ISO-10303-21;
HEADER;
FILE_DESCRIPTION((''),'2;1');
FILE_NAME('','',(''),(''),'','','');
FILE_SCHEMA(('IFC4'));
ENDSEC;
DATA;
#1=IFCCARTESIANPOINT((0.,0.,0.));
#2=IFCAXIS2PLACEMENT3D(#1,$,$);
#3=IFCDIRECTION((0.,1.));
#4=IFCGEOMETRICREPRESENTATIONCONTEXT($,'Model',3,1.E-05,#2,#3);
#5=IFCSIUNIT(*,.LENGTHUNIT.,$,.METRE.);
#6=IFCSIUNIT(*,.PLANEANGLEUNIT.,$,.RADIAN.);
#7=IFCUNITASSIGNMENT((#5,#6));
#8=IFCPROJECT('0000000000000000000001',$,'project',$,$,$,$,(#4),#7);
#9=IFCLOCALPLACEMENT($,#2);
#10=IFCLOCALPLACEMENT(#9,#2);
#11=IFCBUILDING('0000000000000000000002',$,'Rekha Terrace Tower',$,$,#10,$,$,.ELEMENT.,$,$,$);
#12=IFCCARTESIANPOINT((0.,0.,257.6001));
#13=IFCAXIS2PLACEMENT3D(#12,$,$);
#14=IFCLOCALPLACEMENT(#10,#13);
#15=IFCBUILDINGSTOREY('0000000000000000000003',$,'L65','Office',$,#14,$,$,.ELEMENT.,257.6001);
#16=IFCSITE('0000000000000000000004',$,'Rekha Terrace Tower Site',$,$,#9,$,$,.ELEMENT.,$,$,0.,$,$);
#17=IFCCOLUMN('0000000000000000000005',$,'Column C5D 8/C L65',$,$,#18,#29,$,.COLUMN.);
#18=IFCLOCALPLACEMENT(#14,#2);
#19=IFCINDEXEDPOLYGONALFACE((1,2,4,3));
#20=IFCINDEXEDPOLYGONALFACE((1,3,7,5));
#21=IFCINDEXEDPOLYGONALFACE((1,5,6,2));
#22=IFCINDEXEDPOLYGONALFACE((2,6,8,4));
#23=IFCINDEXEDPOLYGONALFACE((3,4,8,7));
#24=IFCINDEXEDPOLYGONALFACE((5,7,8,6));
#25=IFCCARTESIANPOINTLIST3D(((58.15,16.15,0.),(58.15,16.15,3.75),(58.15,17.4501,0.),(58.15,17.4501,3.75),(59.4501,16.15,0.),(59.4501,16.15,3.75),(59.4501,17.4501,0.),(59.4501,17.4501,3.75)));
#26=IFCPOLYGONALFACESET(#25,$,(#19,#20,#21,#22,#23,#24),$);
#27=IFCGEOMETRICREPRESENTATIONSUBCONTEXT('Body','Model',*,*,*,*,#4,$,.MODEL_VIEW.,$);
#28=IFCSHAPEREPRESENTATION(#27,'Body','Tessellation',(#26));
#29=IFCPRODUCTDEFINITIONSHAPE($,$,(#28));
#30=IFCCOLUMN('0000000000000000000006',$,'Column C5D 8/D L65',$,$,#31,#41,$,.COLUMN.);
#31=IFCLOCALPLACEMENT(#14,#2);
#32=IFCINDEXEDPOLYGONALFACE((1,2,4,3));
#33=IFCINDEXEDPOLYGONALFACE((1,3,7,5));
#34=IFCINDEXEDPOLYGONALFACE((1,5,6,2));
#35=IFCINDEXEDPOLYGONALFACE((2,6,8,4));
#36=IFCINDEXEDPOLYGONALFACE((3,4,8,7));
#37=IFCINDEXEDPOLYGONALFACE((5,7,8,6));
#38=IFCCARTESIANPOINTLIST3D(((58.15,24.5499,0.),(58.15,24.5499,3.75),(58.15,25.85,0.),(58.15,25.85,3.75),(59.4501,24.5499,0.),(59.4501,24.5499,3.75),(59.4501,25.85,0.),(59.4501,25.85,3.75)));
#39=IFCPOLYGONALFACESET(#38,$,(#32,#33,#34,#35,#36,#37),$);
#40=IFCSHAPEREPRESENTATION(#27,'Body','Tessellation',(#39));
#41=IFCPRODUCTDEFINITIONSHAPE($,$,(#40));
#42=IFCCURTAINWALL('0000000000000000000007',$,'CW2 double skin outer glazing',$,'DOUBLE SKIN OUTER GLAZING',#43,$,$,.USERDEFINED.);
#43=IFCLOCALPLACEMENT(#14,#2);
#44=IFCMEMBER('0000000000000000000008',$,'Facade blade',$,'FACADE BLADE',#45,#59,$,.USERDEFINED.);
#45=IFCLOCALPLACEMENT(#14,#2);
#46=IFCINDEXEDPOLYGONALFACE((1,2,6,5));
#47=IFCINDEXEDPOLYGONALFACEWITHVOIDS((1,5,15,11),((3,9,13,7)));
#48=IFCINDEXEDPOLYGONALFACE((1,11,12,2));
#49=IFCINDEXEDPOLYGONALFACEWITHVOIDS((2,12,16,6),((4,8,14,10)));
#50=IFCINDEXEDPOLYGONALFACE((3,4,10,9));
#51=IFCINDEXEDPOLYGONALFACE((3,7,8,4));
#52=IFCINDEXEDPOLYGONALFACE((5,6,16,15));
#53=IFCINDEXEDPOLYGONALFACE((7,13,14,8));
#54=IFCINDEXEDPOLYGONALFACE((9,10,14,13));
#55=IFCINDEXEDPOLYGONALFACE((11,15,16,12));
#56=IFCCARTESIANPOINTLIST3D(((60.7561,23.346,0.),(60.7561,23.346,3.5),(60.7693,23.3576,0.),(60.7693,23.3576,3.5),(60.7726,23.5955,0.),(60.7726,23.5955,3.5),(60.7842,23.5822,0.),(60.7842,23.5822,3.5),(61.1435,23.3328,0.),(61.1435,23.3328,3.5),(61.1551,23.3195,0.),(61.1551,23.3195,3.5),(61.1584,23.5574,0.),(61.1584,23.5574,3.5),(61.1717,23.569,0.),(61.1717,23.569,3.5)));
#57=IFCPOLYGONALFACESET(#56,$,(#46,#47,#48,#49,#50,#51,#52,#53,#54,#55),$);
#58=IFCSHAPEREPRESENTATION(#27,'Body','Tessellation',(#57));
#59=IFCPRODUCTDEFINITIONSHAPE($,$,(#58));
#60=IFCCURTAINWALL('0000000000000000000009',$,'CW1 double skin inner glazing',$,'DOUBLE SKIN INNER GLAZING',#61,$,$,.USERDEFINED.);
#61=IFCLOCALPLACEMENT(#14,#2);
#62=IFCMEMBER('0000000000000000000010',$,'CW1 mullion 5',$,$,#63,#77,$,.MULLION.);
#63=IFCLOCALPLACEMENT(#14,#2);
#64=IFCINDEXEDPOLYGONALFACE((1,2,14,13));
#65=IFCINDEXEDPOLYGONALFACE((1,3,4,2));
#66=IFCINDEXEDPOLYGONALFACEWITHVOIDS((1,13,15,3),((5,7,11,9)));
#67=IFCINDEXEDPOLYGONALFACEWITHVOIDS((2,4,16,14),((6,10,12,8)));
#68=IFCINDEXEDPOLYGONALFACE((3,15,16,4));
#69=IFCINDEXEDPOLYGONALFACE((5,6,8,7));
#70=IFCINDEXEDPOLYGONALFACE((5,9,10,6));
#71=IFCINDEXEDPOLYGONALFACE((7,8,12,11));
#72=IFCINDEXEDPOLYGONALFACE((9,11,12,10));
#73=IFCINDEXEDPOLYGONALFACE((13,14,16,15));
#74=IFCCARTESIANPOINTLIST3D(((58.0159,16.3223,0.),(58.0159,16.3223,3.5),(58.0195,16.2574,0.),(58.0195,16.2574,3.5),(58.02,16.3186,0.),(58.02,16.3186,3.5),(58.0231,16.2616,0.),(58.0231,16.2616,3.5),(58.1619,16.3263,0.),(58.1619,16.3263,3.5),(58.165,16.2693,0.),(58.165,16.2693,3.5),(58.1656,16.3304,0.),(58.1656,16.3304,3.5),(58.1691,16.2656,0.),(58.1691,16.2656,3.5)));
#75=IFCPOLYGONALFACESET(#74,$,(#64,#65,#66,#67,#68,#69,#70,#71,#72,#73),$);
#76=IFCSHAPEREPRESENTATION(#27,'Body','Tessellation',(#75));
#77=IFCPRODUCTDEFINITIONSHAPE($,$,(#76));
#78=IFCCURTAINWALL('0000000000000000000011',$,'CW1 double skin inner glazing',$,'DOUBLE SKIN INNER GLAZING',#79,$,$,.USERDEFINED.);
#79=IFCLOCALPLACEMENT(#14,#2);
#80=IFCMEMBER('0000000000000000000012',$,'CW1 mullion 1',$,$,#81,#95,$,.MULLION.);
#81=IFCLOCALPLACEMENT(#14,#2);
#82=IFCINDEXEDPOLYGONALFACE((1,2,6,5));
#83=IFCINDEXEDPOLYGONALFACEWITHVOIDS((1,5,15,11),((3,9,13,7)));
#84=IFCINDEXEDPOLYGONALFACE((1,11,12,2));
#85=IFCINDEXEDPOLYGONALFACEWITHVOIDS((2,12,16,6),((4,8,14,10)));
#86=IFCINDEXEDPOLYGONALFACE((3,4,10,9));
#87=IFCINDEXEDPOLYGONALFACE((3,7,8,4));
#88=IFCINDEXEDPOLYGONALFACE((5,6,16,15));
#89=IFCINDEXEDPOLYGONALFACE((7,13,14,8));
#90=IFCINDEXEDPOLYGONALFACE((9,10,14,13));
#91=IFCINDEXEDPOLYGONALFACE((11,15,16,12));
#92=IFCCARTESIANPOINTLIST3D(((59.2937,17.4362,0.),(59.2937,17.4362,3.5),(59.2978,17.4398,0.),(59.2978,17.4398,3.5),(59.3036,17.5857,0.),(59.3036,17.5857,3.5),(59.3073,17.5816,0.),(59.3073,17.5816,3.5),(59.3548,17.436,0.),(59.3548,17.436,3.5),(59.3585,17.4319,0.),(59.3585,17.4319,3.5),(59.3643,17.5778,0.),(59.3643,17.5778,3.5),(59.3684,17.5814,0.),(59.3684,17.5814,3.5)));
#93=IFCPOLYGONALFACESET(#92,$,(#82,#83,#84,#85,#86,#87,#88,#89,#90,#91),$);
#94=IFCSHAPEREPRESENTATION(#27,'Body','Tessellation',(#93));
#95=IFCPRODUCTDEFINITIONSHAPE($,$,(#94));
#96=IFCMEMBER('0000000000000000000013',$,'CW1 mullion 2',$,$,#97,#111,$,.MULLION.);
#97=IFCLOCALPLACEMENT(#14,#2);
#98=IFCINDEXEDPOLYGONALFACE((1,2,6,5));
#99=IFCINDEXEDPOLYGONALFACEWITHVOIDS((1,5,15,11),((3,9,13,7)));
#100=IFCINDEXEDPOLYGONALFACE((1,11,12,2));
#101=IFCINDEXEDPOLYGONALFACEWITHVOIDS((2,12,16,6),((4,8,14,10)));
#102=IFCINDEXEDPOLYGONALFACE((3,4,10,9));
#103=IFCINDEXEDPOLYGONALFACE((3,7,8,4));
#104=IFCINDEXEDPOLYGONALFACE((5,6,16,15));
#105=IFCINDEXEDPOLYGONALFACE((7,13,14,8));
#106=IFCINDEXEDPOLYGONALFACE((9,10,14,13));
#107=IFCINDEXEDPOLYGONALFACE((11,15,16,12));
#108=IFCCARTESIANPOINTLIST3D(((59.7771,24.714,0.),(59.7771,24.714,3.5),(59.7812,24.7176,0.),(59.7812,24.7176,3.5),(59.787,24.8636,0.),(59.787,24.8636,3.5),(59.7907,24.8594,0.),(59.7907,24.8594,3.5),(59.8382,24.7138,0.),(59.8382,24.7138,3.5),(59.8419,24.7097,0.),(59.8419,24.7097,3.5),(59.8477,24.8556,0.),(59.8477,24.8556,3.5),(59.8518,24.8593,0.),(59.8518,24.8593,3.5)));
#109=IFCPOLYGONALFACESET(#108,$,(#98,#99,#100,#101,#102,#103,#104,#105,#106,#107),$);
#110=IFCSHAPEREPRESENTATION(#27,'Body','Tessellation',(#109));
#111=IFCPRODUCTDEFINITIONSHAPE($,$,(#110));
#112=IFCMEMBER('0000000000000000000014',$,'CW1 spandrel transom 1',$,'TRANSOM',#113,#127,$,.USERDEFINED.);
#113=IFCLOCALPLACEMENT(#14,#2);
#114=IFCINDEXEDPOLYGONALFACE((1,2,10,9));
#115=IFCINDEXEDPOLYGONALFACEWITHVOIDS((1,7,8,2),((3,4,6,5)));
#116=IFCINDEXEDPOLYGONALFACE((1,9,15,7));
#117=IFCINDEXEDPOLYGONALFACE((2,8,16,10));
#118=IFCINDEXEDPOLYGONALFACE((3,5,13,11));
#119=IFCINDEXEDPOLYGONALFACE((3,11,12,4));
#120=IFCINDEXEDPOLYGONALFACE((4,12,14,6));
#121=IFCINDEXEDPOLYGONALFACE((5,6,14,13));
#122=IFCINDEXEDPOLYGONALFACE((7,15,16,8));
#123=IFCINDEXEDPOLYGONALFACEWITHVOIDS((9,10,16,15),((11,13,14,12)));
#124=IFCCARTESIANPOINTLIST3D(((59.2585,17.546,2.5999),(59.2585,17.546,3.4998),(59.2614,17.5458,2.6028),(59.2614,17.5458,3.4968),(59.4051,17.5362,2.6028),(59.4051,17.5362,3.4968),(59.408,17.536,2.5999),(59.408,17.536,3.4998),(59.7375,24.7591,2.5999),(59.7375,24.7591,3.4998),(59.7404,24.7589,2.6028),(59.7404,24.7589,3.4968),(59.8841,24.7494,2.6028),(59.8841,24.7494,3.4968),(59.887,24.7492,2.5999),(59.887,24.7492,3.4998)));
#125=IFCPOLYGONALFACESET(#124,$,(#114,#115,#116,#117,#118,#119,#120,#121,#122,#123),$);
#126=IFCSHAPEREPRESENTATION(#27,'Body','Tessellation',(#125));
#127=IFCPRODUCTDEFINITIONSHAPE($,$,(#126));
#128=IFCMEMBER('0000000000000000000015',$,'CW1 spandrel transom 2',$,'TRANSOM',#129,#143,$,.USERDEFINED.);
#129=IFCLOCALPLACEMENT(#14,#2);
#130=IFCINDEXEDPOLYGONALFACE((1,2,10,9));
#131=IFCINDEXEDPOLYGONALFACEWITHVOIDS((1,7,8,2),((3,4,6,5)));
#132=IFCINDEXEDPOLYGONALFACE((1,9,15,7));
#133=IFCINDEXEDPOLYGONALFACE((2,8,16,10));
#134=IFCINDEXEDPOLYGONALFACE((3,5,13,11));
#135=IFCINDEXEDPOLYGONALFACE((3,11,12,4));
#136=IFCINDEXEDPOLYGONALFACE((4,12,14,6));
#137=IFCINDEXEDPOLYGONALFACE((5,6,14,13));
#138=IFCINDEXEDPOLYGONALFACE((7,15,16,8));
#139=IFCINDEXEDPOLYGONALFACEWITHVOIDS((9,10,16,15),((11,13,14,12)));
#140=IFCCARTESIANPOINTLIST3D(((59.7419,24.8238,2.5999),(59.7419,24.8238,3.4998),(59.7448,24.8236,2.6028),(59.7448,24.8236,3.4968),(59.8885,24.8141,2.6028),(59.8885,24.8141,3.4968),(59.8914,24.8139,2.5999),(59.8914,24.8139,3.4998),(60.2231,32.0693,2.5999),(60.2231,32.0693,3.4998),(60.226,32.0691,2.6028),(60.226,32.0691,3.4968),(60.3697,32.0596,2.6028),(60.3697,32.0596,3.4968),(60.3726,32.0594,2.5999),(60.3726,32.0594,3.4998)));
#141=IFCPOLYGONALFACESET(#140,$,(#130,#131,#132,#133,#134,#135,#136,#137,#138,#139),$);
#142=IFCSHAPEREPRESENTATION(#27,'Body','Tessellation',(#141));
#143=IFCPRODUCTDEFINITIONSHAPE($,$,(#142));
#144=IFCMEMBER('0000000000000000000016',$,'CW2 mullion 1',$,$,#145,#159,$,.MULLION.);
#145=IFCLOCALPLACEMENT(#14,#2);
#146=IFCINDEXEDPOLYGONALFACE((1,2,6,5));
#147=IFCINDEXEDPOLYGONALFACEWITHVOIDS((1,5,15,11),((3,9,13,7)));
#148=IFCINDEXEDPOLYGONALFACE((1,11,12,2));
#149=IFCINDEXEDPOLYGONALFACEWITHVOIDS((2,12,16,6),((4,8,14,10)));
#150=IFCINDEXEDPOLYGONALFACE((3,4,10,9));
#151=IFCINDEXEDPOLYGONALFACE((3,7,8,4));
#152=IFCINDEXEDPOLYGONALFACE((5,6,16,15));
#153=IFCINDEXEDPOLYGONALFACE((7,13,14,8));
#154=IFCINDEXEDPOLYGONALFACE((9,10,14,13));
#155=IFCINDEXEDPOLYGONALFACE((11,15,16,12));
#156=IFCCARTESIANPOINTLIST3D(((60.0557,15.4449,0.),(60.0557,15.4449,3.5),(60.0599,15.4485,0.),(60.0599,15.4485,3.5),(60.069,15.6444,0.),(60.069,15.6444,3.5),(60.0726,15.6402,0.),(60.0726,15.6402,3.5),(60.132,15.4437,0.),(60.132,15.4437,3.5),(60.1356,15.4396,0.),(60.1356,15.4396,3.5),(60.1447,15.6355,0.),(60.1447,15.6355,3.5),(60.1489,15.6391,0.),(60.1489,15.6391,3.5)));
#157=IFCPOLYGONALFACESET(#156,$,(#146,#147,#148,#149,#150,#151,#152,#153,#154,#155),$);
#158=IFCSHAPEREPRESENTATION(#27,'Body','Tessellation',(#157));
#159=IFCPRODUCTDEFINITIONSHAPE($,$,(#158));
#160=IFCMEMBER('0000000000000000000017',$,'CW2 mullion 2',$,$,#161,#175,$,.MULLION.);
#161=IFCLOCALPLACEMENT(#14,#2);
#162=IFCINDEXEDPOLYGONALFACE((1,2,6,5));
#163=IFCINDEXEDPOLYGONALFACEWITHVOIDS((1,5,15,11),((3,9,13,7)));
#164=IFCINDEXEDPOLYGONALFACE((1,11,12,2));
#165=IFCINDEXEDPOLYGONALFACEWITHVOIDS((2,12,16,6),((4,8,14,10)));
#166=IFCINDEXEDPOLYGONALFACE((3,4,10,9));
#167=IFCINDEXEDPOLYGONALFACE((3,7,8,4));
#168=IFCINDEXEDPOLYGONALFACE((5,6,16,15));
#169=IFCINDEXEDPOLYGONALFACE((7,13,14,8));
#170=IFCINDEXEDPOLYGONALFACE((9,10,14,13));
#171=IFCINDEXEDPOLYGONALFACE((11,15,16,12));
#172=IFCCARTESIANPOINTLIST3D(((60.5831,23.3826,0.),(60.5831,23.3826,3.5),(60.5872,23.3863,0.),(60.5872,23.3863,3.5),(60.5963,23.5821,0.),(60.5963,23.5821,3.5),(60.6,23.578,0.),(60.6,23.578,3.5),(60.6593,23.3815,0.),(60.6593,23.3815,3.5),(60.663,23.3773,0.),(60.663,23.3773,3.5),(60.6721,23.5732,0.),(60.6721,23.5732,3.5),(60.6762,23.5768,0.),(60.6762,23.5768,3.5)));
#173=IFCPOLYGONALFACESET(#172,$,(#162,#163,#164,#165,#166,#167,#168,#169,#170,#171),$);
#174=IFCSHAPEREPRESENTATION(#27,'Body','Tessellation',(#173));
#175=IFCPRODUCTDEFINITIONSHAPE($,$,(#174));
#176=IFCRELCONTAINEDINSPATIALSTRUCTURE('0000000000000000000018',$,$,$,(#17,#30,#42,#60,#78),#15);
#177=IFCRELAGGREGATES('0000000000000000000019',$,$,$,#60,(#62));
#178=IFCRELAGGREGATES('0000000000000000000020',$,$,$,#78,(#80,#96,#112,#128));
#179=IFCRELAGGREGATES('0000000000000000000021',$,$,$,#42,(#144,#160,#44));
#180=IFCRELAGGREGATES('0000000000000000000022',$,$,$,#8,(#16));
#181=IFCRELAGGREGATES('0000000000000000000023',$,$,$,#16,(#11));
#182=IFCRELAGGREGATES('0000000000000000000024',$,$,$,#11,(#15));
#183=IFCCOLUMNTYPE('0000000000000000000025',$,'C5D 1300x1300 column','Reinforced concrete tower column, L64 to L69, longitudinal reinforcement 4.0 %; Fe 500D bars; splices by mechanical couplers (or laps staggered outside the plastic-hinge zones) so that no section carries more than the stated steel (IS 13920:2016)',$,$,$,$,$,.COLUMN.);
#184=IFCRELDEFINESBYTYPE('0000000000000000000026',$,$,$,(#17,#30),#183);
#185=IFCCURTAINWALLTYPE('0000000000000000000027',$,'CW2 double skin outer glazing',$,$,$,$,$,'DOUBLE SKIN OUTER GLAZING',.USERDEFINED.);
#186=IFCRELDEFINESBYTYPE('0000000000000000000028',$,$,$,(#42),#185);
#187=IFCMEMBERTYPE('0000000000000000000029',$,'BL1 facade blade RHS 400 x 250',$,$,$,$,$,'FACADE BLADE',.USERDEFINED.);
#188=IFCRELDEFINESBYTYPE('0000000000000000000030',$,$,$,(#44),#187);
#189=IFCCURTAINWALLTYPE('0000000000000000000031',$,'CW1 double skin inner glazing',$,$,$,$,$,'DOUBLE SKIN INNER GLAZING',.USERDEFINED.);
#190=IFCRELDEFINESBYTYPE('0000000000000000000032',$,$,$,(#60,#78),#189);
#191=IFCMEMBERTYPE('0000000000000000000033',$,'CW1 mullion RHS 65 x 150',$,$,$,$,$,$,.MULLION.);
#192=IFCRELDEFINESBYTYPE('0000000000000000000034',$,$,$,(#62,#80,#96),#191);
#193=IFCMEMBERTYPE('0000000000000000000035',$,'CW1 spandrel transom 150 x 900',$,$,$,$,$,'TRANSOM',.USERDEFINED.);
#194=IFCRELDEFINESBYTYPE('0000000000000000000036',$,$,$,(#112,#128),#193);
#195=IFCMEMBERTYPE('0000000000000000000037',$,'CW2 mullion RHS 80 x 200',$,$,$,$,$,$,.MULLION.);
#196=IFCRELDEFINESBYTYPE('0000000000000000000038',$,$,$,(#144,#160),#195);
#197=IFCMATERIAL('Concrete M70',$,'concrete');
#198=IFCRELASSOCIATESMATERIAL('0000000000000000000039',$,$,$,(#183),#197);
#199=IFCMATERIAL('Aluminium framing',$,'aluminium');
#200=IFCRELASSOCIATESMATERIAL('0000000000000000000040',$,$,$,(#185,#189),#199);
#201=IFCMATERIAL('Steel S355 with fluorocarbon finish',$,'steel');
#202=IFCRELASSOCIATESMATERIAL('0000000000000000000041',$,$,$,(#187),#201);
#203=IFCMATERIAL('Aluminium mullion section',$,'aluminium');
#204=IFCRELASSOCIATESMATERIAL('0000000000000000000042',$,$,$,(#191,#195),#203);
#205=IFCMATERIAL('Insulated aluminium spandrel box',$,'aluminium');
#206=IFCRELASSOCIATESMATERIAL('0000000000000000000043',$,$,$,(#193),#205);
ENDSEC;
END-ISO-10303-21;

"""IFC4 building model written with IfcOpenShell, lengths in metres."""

from ifc_helpers import new_model, si_unit, direction, frame, origin, origin_2d, place, context, subcontext, project, spatial, rectangle, hollow_rectangle, extrude, material, material_profile, profile_set, type_object, element, aggregate, save


model = new_model("IFC4")

# Units and contexts
model_context = context("Model", 3, precision=1e-05, world=origin(), true_north=direction((0.0, 1.0)))
body_context = subcontext(model_context, "Body", "Model", "MODEL_VIEW")
ifc_project = project(units=[si_unit("LENGTHUNIT", "METRE"), si_unit("PLANEANGLEUNIT", "RADIAN")], contexts=[model_context])

# Site, building, storey
site_placement = place(None, origin())
site = spatial("IfcSite", under=ifc_project, at=site_placement, Name="Rekha Terrace Tower Site", CompositionType="ELEMENT", RefElevation=0.0)
building_placement = place(site_placement, origin())
building = spatial("IfcBuilding", under=site, at=building_placement, Name="Rekha Terrace Tower", CompositionType="ELEMENT")
storey_placement = place(building_placement, frame((0.0, 0.0, 257.6001)))
storey = spatial("IfcBuildingStorey", under=building, at=storey_placement, Name="L65", Description="Office", CompositionType="ELEMENT", Elevation=257.6001)

# Columns
ifc_material_1 = material(Name="Concrete M70", Category="concrete")
ifc_material_profile_1 = material_profile(ifc_material_1, rectangle(XDim=1.3, YDim=1.3, at=origin_2d()), Name="RC 1300x1300")
ifc_profile_set_1 = profile_set([ifc_material_profile_1], Name="Concrete M70")
column_type = type_object("IfcColumnType", Name="C5D 1300x1300 column", Description="Reinforced concrete tower column, L64 to L69, longitudinal reinforcement 4.0 %; Fe 500D bars; splices by mechanical couplers (or laps staggered outside the plastic-hinge zones) so that no section carries more than the stated steel (IS 13920:2016)", PredefinedType="COLUMN", material=ifc_profile_set_1)
for number, where, z_axis, x_axis, name in (
    (1, (58.8, 16.8, 0.0), (0.0, 0.0, 1.0), (1.0, 0.0, 0.0), "Column C5D 8/C L65"),
    (2, (58.8, 25.2, 0.0), (0.0, 0.0, 1.0), (1.0, 0.0, 0.0), "Column C5D 8/D L65"),
):
    element("IfcColumn", number, at=place(storey_placement, frame(where, z_axis=z_axis, x_axis=x_axis)), inside=storey, type_object=column_type, Name=name, PredefinedType="COLUMN", context=body_context, shape_type="SweptSolid", body=[
        extrude(rectangle(XDim=1.3, YDim=1.3, at=origin_2d()), origin(), (0.0, 0.0, 1.0), 3.75),
    ])

# Curtain walls, members
ifc_material_2 = material(Name="Aluminium framing", Category="aluminium")
curtain_wall_type_1 = type_object("IfcCurtainWallType", Name="CW2 double skin outer glazing", ElementType="DOUBLE SKIN OUTER GLAZING", PredefinedType="USERDEFINED", material=ifc_material_2)
curtain_wall_1_placement = place(storey_placement, origin())
curtain_wall_1 = element("IfcCurtainWall", 3, at=curtain_wall_1_placement, inside=storey, type_object=curtain_wall_type_1, Name="CW2 double skin outer glazing", ObjectType="DOUBLE SKIN OUTER GLAZING", PredefinedType="USERDEFINED")
ifc_material_3 = material(Name="Steel S355 with fluorocarbon finish", Category="steel")
ifc_material_profile_2 = material_profile(ifc_material_3, hollow_rectangle(XDim=0.25, YDim=0.3999, WallThickness=0.0125, at=origin_2d()), Name="RHS400x250x12.5")
ifc_profile_set_2 = profile_set([ifc_material_profile_2], Name="Steel S355 with fluorocarbon finish")
member_type_1 = type_object("IfcMemberType", Name="BL1 facade blade RHS 400 x 250", ElementType="FACADE BLADE", PredefinedType="USERDEFINED", material=ifc_profile_set_2)
member_1_placement = place(storey_placement, frame((60.9639, 23.4575, 0.0), z_axis=(0.0, 0.0, 1.0), x_axis=(0.066272, 0.997802, 0.0)))
member_1 = element("IfcMember", 4, at=member_1_placement, type_object=member_type_1, Name="Facade blade", ObjectType="FACADE BLADE", PredefinedType="USERDEFINED", context=body_context, shape_type="SweptSolid", body=[
    extrude(hollow_rectangle(XDim=0.25, YDim=0.3999, WallThickness=0.0125, at=origin_2d()), origin(), (0.0, 0.0, 1.0), 3.5),
])
curtain_wall_type_2 = type_object("IfcCurtainWallType", Name="CW1 double skin inner glazing", ElementType="DOUBLE SKIN INNER GLAZING", PredefinedType="USERDEFINED", material=ifc_material_2)
curtain_wall_2_placement = place(storey_placement, origin())
curtain_wall_2 = element("IfcCurtainWall", 5, at=curtain_wall_2_placement, inside=storey, type_object=curtain_wall_type_2, Name="CW1 double skin inner glazing", ObjectType="DOUBLE SKIN INNER GLAZING", PredefinedType="USERDEFINED")
ifc_material_4 = material(Name="Aluminium mullion section", Category="aluminium")
ifc_material_profile_3 = material_profile(ifc_material_4, hollow_rectangle(XDim=0.0649, YDim=0.1499, WallThickness=0.0039, at=origin_2d()), Name="AL RHS 65x150")
ifc_profile_set_3 = profile_set([ifc_material_profile_3], Name="Aluminium mullion section")
member_type_2 = type_object("IfcMemberType", Name="CW1 mullion RHS 65 x 150", PredefinedType="MULLION", material=ifc_profile_set_3)
member_2_placement = place(storey_placement, frame((58.0925, 16.2939, 0.0), z_axis=(0.0, 0.0, 1.0), x_axis=(-0.054389, 0.99852, 0.0)))
member_2 = element("IfcMember", 6, at=member_2_placement, type_object=member_type_2, Name="CW1 mullion 5", PredefinedType="MULLION", context=body_context, shape_type="SweptSolid", body=[
    extrude(hollow_rectangle(XDim=0.0649, YDim=0.1499, WallThickness=0.0039, at=origin_2d()), origin(), (0.0, 0.0, 1.0), 3.5),
])

# Curtain wall, members
curtain_wall_3_placement = place(storey_placement, origin())
curtain_wall_3 = element("IfcCurtainWall", 7, at=curtain_wall_3_placement, inside=storey, type_object=curtain_wall_type_2, Name="CW1 double skin inner glazing", ObjectType="DOUBLE SKIN INNER GLAZING", PredefinedType="USERDEFINED")
member_3_placement = place(storey_placement, frame((59.3311, 17.5088, 0.0), z_axis=(0.0, 0.0, 1.0), x_axis=(-0.997802, 0.066272, 0.0)))
member_3 = element("IfcMember", 8, at=member_3_placement, type_object=member_type_2, Name="CW1 mullion 1", PredefinedType="MULLION", context=body_context, shape_type="SweptSolid", body=[
    extrude(hollow_rectangle(XDim=0.0649, YDim=0.1499, WallThickness=0.0039, at=origin_2d()), origin(), (0.0, 0.0, 1.0), 3.5),
])
member_4_placement = place(storey_placement, frame((59.8145, 24.7866, 0.0), z_axis=(0.0, 0.0, 1.0), x_axis=(-0.997802, 0.066272, 0.0)))
member_4 = element("IfcMember", 9, at=member_4_placement, type_object=member_type_2, Name="CW1 mullion 2", PredefinedType="MULLION", context=body_context, shape_type="SweptSolid", body=[
    extrude(hollow_rectangle(XDim=0.0649, YDim=0.1499, WallThickness=0.0039, at=origin_2d()), origin(), (0.0, 0.0, 1.0), 3.5),
])
ifc_material_5 = material(Name="Insulated aluminium spandrel box", Category="aluminium")
ifc_material_profile_4 = material_profile(ifc_material_5, hollow_rectangle(XDim=0.1499, YDim=0.8999, WallThickness=0.0029, at=origin_2d()), Name="AL SPANDREL BOX 150x900")
ifc_profile_set_4 = profile_set([ifc_material_profile_4], Name="Insulated aluminium spandrel box")
member_type_3 = type_object("IfcMemberType", Name="CW1 spandrel transom 150 x 900", ElementType="TRANSOM", PredefinedType="USERDEFINED", material=ifc_profile_set_4)
member_5_placement = place(storey_placement, frame((59.3333, 17.541, 3.0498), z_axis=(0.066261, 0.997802, 0.0), x_axis=(-0.997802, 0.066261, 0.0)))
member_5 = element("IfcMember", 10, at=member_5_placement, type_object=member_type_3, Name="CW1 spandrel transom 1", ObjectType="TRANSOM", PredefinedType="USERDEFINED", context=body_context, shape_type="SweptSolid", body=[
    extrude(hollow_rectangle(XDim=0.1499, YDim=0.8999, WallThickness=0.0029, at=origin_2d()), origin(), (0.0, 0.0, 1.0), 7.229),
])
member_6_placement = place(storey_placement, frame((59.8167, 24.8188, 3.0498), z_axis=(0.066267, 0.997802, 0.0), x_axis=(-0.997802, 0.066267, 0.0)))
member_6 = element("IfcMember", 11, at=member_6_placement, type_object=member_type_3, Name="CW1 spandrel transom 2", ObjectType="TRANSOM", PredefinedType="USERDEFINED", context=body_context, shape_type="SweptSolid", body=[
    extrude(hollow_rectangle(XDim=0.1499, YDim=0.8999, WallThickness=0.0029, at=origin_2d()), origin(), (0.0, 0.0, 1.0), 7.2615),
])

# Members
ifc_material_profile_5 = material_profile(ifc_material_4, hollow_rectangle(XDim=0.0801, YDim=0.2, WallThickness=0.0039, at=origin_2d()), Name="AL RHS 80x200")
ifc_profile_set_5 = profile_set([ifc_material_profile_5], Name="Aluminium mullion section")
member_type_4 = type_object("IfcMemberType", Name="CW2 mullion RHS 80 x 200", PredefinedType="MULLION", material=ifc_profile_set_5)
member_7_placement = place(storey_placement, frame((60.1023, 15.542, 0.0), z_axis=(0.0, 0.0, 1.0), x_axis=(-0.997802, 0.066272, 0.0)))
member_7 = element("IfcMember", 12, at=member_7_placement, type_object=member_type_4, Name="CW2 mullion 1", PredefinedType="MULLION", context=body_context, shape_type="SweptSolid", body=[
    extrude(hollow_rectangle(XDim=0.0801, YDim=0.2, WallThickness=0.0039, at=origin_2d()), origin(), (0.0, 0.0, 1.0), 3.5),
])
member_8_placement = place(storey_placement, frame((60.6296, 23.4797, 0.0), z_axis=(0.0, 0.0, 1.0), x_axis=(-0.997802, 0.066272, 0.0)))
member_8 = element("IfcMember", 13, at=member_8_placement, type_object=member_type_4, Name="CW2 mullion 2", PredefinedType="MULLION", context=body_context, shape_type="SweptSolid", body=[
    extrude(hollow_rectangle(XDim=0.0801, YDim=0.2, WallThickness=0.0039, at=origin_2d()), origin(), (0.0, 0.0, 1.0), 3.5),
])

aggregate(curtain_wall_2, [member_2])
aggregate(curtain_wall_3, [member_3, member_4, member_5, member_6])

aggregate(curtain_wall_1, [member_7, member_8, member_1])

save(model, "model.ifc")
